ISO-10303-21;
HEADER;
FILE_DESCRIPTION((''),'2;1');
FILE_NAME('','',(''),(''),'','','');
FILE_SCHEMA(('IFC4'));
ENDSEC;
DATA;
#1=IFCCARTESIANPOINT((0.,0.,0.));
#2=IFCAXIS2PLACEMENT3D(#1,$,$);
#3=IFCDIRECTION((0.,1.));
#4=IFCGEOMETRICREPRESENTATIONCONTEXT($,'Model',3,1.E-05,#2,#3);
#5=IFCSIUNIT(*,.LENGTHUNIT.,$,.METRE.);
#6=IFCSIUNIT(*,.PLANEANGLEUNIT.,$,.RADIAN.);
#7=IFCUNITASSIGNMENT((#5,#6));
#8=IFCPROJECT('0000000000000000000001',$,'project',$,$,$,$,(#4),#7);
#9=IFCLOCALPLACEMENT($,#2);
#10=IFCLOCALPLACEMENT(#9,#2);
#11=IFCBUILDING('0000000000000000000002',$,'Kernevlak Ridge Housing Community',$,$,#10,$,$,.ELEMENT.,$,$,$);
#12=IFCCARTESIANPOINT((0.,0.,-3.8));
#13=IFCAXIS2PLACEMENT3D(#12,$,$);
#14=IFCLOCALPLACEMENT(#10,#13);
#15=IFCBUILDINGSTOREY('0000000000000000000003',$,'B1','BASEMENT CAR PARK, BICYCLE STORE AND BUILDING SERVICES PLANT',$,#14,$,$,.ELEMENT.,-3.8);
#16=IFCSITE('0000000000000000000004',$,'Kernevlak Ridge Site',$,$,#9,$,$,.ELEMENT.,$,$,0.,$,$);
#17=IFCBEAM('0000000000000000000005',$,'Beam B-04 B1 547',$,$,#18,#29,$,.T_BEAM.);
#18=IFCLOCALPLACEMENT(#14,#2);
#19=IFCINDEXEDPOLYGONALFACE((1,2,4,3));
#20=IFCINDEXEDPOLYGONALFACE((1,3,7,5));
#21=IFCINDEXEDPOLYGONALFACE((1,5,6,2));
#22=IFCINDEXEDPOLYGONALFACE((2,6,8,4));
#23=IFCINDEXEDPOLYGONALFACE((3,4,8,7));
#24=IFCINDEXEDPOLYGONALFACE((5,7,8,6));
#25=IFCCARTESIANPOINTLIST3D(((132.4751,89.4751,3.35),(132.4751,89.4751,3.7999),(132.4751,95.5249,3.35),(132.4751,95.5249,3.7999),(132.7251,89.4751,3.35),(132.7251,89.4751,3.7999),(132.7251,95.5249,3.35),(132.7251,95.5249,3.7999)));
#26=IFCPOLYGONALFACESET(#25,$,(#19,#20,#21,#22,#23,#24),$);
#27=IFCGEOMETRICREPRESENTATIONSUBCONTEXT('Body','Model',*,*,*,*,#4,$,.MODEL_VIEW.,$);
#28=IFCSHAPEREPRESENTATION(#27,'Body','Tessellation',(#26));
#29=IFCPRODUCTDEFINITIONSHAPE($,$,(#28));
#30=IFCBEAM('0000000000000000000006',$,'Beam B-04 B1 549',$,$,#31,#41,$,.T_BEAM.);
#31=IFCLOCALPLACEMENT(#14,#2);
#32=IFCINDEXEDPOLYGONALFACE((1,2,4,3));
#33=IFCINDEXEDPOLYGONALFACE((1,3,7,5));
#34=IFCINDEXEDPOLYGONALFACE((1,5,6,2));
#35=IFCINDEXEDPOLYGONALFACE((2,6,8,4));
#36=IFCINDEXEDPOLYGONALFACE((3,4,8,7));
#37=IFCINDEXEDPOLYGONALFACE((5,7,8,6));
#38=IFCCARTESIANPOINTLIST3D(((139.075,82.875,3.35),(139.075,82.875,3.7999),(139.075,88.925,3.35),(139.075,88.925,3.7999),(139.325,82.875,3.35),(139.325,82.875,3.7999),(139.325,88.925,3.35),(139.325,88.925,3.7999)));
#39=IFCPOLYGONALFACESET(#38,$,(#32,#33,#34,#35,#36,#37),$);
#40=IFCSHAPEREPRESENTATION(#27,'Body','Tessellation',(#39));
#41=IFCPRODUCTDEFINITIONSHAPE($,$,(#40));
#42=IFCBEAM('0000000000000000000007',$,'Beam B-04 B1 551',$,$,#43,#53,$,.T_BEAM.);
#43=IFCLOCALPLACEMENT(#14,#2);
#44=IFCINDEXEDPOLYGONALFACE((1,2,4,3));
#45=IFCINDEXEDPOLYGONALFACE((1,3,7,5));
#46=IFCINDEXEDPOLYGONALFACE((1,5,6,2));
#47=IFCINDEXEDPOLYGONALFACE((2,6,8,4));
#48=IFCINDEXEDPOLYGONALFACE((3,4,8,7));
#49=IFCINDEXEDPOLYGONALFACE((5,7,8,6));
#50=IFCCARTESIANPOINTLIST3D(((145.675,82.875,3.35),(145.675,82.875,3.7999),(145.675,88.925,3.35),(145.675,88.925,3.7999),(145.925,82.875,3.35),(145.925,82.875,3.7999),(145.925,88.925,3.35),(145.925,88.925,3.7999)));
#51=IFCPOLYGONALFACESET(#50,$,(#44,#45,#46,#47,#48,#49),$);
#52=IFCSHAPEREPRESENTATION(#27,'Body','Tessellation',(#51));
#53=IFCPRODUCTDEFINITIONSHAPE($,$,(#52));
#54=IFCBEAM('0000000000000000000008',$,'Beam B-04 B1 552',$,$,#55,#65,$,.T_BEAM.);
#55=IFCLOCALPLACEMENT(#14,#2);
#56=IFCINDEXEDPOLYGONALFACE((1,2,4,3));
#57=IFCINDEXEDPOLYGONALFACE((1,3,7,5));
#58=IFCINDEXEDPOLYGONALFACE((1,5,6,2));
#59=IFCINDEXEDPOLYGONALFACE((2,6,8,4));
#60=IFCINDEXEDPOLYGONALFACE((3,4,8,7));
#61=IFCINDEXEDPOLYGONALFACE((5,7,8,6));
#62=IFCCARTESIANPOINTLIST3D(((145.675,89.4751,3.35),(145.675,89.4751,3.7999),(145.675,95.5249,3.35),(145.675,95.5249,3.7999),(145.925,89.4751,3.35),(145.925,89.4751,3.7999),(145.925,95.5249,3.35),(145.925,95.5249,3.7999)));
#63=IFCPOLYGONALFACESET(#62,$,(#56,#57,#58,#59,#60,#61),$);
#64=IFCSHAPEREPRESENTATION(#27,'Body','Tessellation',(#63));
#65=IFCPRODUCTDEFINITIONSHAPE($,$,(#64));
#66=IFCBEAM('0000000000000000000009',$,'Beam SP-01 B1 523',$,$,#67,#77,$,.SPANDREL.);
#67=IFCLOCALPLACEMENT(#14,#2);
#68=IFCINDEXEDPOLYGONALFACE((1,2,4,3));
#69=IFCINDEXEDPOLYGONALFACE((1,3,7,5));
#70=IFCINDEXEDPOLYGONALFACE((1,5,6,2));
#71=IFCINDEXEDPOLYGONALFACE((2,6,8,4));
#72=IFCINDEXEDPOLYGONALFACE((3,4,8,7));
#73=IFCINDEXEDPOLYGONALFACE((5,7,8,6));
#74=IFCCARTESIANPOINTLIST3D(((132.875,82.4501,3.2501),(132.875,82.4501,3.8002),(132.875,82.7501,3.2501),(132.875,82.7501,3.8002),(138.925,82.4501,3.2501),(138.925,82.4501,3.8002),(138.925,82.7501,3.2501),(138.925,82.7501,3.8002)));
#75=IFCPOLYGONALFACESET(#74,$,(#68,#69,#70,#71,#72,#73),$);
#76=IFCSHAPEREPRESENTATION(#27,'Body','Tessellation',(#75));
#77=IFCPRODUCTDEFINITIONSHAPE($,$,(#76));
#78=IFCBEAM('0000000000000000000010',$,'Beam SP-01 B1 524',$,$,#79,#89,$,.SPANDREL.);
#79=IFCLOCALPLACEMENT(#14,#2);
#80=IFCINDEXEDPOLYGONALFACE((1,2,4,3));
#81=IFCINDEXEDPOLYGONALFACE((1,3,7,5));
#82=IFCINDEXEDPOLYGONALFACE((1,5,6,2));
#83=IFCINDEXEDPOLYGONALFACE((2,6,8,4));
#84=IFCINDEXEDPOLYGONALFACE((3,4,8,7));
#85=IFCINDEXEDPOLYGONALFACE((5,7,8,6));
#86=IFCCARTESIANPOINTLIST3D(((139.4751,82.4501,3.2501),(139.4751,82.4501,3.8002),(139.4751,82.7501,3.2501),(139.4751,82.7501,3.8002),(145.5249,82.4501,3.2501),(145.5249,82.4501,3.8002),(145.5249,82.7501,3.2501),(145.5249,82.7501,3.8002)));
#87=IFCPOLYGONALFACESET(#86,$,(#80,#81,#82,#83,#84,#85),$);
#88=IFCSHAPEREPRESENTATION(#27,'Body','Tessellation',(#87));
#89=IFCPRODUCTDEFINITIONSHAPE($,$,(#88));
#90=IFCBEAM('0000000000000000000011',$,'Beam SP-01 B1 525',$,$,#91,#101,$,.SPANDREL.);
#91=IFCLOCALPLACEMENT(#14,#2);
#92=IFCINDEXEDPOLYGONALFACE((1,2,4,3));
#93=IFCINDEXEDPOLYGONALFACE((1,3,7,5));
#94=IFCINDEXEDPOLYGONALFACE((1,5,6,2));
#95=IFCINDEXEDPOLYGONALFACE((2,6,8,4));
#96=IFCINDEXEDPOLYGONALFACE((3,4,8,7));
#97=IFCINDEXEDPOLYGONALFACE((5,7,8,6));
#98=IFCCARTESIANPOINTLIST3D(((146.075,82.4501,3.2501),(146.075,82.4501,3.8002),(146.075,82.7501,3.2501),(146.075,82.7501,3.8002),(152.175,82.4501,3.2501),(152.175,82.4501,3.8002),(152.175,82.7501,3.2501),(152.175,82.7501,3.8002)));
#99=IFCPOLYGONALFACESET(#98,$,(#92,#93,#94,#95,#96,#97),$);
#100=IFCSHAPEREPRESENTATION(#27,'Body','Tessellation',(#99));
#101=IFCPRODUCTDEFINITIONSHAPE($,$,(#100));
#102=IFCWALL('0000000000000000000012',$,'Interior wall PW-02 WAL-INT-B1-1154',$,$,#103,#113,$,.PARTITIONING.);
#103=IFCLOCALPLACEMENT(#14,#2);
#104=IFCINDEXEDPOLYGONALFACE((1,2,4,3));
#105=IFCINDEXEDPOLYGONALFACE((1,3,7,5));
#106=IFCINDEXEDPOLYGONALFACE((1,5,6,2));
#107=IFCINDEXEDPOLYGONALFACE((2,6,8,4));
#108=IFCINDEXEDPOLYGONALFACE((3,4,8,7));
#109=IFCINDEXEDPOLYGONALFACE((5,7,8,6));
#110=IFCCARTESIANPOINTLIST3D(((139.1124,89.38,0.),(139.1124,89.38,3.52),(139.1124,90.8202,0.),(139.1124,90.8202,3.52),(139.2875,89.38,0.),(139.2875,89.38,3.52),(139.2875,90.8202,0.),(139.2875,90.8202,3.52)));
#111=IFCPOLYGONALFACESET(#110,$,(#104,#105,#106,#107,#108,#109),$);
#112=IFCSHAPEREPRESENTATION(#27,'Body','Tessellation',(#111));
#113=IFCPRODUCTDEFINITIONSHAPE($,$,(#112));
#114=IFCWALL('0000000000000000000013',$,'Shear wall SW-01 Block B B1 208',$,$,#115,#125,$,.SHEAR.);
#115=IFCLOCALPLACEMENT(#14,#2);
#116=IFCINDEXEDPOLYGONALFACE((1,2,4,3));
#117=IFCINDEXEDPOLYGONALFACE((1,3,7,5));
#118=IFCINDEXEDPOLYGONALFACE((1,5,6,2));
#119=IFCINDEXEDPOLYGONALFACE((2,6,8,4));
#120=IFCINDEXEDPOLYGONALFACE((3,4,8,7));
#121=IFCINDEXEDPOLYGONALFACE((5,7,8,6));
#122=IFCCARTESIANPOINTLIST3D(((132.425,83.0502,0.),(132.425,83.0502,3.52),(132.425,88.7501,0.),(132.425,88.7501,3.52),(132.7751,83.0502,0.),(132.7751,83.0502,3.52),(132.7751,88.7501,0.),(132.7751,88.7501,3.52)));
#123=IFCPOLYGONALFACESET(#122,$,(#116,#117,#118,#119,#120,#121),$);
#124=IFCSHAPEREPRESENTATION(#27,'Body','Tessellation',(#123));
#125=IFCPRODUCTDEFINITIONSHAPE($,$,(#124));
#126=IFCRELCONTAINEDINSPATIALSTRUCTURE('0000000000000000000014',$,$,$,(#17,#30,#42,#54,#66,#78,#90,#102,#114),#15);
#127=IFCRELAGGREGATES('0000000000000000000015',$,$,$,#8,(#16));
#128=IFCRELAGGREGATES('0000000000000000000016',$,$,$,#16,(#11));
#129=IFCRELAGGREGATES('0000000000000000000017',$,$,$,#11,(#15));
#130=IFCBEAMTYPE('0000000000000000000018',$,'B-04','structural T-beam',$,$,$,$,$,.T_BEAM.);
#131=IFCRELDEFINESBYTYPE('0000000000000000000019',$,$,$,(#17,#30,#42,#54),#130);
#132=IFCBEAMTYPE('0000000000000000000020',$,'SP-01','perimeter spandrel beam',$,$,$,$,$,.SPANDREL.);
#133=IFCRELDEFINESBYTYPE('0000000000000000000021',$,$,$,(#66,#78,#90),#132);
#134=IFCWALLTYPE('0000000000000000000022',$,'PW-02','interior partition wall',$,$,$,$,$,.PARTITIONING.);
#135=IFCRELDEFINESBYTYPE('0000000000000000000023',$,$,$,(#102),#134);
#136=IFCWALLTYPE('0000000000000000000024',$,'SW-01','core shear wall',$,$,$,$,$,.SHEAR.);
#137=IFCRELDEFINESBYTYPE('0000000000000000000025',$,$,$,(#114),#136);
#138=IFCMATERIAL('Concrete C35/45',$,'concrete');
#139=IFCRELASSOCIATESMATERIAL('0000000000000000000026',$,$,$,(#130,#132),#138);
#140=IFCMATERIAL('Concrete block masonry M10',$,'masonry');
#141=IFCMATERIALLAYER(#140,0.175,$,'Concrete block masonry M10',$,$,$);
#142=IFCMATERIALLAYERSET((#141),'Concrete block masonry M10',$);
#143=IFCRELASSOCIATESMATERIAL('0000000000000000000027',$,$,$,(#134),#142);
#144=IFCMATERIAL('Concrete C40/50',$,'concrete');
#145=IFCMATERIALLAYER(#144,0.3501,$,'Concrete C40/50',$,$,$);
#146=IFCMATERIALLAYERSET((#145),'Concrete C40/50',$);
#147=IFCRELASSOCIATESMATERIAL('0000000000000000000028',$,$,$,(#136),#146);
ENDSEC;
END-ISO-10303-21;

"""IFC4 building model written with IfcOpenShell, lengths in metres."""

from ifc_helpers import new_model, si_unit, direction, frame, frame_2d, origin, origin_2d, place, context, subcontext, project, spatial, rectangle, extrude, material, layer, layer_set, material_profile, profile_set, type_object, element, save


model = new_model("IFC4")

# Units and contexts
model_context = context("Model", 3, precision=1e-05, world=origin(), true_north=direction((0.0, 1.0)))
body_context = subcontext(model_context, "Body", "Model", "MODEL_VIEW")
ifc_project = project(units=[si_unit("LENGTHUNIT", "METRE"), si_unit("PLANEANGLEUNIT", "RADIAN")], contexts=[model_context])

# Site, building, storey
site_placement = place(None, origin())
site = spatial("IfcSite", under=ifc_project, at=site_placement, Name="Kernevlak Ridge Site", CompositionType="ELEMENT", RefElevation=0.0)
building_placement = place(site_placement, origin())
building = spatial("IfcBuilding", under=site, at=building_placement, Name="Kernevlak Ridge Housing Community", CompositionType="ELEMENT")
storey_placement = place(building_placement, frame((0.0, 0.0, -3.8)))
storey = spatial("IfcBuildingStorey", under=building, at=storey_placement, Name="B1", Description="BASEMENT CAR PARK, BICYCLE STORE AND BUILDING SERVICES PLANT", CompositionType="ELEMENT", Elevation=-3.8)

# Shared definitions
ifc_material_1 = material(Name="Concrete C35/45", Category="concrete")

# Shared definitions
ifc_material_2 = material(Name="Concrete C40/50", Category="concrete")

# Beams
ifc_material_profile_1 = material_profile(ifc_material_1, rectangle(XDim=0.25, YDim=0.45, at=origin_2d()), Name="RC 250x450")
ifc_profile_set_1 = profile_set([ifc_material_profile_1], Name="Concrete C35/45")
beam_type_1 = type_object("IfcBeamType", Name="B-04", Description="structural T-beam", PredefinedType="T_BEAM", material=ifc_profile_set_1)
beam_1_placement = place(storey_placement, frame((132.6001, 89.4751, 3.575), z_axis=(0.0, 1.0, 0.0), x_axis=(-1.0, 0.0, 0.0)))
element("IfcBeam", 1, at=beam_1_placement, inside=storey, type_object=beam_type_1, Name="Beam B-04 B1 547", PredefinedType="T_BEAM", context=body_context, shape_type="SweptSolid", body=[
    extrude(rectangle(XDim=0.25, YDim=0.45, at=origin_2d()), origin(), (0.0, 0.0, 1.0), 6.0498),
])
for number, where, z_axis, x_axis, name in (
    (2, (139.2, 82.875, 3.575), (0.0, 1.0, 0.0), (-1.0, 0.0, 0.0), "Beam B-04 B1 549"),
    (3, (145.8, 82.875, 3.575), (0.0, 1.0, 0.0), (-1.0, 0.0, 0.0), "Beam B-04 B1 551"),
):
    element("IfcBeam", number, at=place(storey_placement, frame(where, z_axis=z_axis, x_axis=x_axis)), inside=storey, type_object=beam_type_1, Name=name, PredefinedType="T_BEAM", context=body_context, shape_type="SweptSolid", body=[
        extrude(rectangle(XDim=0.25, YDim=0.45, at=origin_2d()), origin(), (0.0, 0.0, 1.0), 6.05),
    ])
beam_2_placement = place(storey_placement, frame((145.8, 89.4751, 3.575), z_axis=(0.0, 1.0, 0.0), x_axis=(-1.0, 0.0, 0.0)))
element("IfcBeam", 4, at=beam_2_placement, inside=storey, type_object=beam_type_1, Name="Beam B-04 B1 552", PredefinedType="T_BEAM", context=body_context, shape_type="SweptSolid", body=[
    extrude(rectangle(XDim=0.25, YDim=0.45, at=origin_2d()), origin(), (0.0, 0.0, 1.0), 6.0498),
])
ifc_material_profile_2 = material_profile(ifc_material_1, rectangle(XDim=0.3, YDim=0.55, at=origin_2d()), Name="RC 300x550")
ifc_profile_set_2 = profile_set([ifc_material_profile_2], Name="Concrete C35/45")
beam_type_2 = type_object("IfcBeamType", Name="SP-01", Description="perimeter spandrel beam", PredefinedType="SPANDREL", material=ifc_profile_set_2)
beam_3_placement = place(storey_placement, frame((132.875, 82.6001, 3.5251), z_axis=(1.0, 0.0, 0.0), x_axis=(0.0, 1.0, 0.0)))
element("IfcBeam", 5, at=beam_3_placement, inside=storey, type_object=beam_type_2, Name="Beam SP-01 B1 523", PredefinedType="SPANDREL", context=body_context, shape_type="SweptSolid", body=[
    extrude(rectangle(XDim=0.3, YDim=0.55, at=origin_2d()), origin(), (0.0, 0.0, 1.0), 6.05),
])
beam_4_placement = place(storey_placement, frame((139.4751, 82.6001, 3.5251), z_axis=(1.0, 0.0, 0.0), x_axis=(0.0, 1.0, 0.0)))
element("IfcBeam", 6, at=beam_4_placement, inside=storey, type_object=beam_type_2, Name="Beam SP-01 B1 524", PredefinedType="SPANDREL", context=body_context, shape_type="SweptSolid", body=[
    extrude(rectangle(XDim=0.3, YDim=0.55, at=origin_2d()), origin(), (0.0, 0.0, 1.0), 6.0498),
])
beam_5_placement = place(storey_placement, frame((146.075, 82.6001, 3.5251), z_axis=(1.0, 0.0, 0.0), x_axis=(0.0, 1.0, 0.0)))
element("IfcBeam", 7, at=beam_5_placement, inside=storey, type_object=beam_type_2, Name="Beam SP-01 B1 525", PredefinedType="SPANDREL", context=body_context, shape_type="SweptSolid", body=[
    extrude(rectangle(XDim=0.3, YDim=0.55, at=origin_2d()), origin(), (0.0, 0.0, 1.0), 6.1001),
])

# Walls
ifc_material_3 = material(Name="Concrete block masonry M10", Category="masonry")
ifc_layer_1 = layer(ifc_material_3, 0.175, Name="Concrete block masonry M10")
ifc_layer_set_1 = layer_set([ifc_layer_1], Name="Concrete block masonry M10")
wall_type_1 = type_object("IfcWallType", Name="PW-02", Description="interior partition wall", PredefinedType="PARTITIONING", material=ifc_layer_set_1)
wall_1_placement = place(storey_placement, frame((139.2, 89.3799, 0.0), z_axis=(0.0, 0.0, 1.0), x_axis=(0.0, 1.0, 0.0)))
element("IfcWall", 8, at=wall_1_placement, inside=storey, type_object=wall_type_1, Name="Interior wall PW-02 WAL-INT-B1-1154", PredefinedType="PARTITIONING", context=body_context, shape_type="SweptSolid", body=[
    extrude(rectangle(XDim=1.4402, YDim=0.175, at=frame_2d((0.7202, 0.0))), origin(), (0.0, 0.0, 1.0), 3.52),
])
ifc_layer_2 = layer(ifc_material_2, 0.3501, Name="Concrete C40/50")
ifc_layer_set_2 = layer_set([ifc_layer_2], Name="Concrete C40/50")
wall_type_2 = type_object("IfcWallType", Name="SW-01", Description="core shear wall", PredefinedType="SHEAR", material=ifc_layer_set_2)
wall_2_placement = place(storey_placement, frame((132.6001, 83.05, 0.0), z_axis=(0.0, 0.0, 1.0), x_axis=(0.0, 1.0, 0.0)))
element("IfcWall", 9, at=wall_2_placement, inside=storey, type_object=wall_type_2, Name="Shear wall SW-01 Block B B1 208", PredefinedType="SHEAR", context=body_context, shape_type="SweptSolid", body=[
    extrude(rectangle(XDim=5.7, YDim=0.3501, at=frame_2d((2.8501, 0.0))), origin(), (0.0, 0.0, 1.0), 3.52),
])

save(model, "model.ifc")
